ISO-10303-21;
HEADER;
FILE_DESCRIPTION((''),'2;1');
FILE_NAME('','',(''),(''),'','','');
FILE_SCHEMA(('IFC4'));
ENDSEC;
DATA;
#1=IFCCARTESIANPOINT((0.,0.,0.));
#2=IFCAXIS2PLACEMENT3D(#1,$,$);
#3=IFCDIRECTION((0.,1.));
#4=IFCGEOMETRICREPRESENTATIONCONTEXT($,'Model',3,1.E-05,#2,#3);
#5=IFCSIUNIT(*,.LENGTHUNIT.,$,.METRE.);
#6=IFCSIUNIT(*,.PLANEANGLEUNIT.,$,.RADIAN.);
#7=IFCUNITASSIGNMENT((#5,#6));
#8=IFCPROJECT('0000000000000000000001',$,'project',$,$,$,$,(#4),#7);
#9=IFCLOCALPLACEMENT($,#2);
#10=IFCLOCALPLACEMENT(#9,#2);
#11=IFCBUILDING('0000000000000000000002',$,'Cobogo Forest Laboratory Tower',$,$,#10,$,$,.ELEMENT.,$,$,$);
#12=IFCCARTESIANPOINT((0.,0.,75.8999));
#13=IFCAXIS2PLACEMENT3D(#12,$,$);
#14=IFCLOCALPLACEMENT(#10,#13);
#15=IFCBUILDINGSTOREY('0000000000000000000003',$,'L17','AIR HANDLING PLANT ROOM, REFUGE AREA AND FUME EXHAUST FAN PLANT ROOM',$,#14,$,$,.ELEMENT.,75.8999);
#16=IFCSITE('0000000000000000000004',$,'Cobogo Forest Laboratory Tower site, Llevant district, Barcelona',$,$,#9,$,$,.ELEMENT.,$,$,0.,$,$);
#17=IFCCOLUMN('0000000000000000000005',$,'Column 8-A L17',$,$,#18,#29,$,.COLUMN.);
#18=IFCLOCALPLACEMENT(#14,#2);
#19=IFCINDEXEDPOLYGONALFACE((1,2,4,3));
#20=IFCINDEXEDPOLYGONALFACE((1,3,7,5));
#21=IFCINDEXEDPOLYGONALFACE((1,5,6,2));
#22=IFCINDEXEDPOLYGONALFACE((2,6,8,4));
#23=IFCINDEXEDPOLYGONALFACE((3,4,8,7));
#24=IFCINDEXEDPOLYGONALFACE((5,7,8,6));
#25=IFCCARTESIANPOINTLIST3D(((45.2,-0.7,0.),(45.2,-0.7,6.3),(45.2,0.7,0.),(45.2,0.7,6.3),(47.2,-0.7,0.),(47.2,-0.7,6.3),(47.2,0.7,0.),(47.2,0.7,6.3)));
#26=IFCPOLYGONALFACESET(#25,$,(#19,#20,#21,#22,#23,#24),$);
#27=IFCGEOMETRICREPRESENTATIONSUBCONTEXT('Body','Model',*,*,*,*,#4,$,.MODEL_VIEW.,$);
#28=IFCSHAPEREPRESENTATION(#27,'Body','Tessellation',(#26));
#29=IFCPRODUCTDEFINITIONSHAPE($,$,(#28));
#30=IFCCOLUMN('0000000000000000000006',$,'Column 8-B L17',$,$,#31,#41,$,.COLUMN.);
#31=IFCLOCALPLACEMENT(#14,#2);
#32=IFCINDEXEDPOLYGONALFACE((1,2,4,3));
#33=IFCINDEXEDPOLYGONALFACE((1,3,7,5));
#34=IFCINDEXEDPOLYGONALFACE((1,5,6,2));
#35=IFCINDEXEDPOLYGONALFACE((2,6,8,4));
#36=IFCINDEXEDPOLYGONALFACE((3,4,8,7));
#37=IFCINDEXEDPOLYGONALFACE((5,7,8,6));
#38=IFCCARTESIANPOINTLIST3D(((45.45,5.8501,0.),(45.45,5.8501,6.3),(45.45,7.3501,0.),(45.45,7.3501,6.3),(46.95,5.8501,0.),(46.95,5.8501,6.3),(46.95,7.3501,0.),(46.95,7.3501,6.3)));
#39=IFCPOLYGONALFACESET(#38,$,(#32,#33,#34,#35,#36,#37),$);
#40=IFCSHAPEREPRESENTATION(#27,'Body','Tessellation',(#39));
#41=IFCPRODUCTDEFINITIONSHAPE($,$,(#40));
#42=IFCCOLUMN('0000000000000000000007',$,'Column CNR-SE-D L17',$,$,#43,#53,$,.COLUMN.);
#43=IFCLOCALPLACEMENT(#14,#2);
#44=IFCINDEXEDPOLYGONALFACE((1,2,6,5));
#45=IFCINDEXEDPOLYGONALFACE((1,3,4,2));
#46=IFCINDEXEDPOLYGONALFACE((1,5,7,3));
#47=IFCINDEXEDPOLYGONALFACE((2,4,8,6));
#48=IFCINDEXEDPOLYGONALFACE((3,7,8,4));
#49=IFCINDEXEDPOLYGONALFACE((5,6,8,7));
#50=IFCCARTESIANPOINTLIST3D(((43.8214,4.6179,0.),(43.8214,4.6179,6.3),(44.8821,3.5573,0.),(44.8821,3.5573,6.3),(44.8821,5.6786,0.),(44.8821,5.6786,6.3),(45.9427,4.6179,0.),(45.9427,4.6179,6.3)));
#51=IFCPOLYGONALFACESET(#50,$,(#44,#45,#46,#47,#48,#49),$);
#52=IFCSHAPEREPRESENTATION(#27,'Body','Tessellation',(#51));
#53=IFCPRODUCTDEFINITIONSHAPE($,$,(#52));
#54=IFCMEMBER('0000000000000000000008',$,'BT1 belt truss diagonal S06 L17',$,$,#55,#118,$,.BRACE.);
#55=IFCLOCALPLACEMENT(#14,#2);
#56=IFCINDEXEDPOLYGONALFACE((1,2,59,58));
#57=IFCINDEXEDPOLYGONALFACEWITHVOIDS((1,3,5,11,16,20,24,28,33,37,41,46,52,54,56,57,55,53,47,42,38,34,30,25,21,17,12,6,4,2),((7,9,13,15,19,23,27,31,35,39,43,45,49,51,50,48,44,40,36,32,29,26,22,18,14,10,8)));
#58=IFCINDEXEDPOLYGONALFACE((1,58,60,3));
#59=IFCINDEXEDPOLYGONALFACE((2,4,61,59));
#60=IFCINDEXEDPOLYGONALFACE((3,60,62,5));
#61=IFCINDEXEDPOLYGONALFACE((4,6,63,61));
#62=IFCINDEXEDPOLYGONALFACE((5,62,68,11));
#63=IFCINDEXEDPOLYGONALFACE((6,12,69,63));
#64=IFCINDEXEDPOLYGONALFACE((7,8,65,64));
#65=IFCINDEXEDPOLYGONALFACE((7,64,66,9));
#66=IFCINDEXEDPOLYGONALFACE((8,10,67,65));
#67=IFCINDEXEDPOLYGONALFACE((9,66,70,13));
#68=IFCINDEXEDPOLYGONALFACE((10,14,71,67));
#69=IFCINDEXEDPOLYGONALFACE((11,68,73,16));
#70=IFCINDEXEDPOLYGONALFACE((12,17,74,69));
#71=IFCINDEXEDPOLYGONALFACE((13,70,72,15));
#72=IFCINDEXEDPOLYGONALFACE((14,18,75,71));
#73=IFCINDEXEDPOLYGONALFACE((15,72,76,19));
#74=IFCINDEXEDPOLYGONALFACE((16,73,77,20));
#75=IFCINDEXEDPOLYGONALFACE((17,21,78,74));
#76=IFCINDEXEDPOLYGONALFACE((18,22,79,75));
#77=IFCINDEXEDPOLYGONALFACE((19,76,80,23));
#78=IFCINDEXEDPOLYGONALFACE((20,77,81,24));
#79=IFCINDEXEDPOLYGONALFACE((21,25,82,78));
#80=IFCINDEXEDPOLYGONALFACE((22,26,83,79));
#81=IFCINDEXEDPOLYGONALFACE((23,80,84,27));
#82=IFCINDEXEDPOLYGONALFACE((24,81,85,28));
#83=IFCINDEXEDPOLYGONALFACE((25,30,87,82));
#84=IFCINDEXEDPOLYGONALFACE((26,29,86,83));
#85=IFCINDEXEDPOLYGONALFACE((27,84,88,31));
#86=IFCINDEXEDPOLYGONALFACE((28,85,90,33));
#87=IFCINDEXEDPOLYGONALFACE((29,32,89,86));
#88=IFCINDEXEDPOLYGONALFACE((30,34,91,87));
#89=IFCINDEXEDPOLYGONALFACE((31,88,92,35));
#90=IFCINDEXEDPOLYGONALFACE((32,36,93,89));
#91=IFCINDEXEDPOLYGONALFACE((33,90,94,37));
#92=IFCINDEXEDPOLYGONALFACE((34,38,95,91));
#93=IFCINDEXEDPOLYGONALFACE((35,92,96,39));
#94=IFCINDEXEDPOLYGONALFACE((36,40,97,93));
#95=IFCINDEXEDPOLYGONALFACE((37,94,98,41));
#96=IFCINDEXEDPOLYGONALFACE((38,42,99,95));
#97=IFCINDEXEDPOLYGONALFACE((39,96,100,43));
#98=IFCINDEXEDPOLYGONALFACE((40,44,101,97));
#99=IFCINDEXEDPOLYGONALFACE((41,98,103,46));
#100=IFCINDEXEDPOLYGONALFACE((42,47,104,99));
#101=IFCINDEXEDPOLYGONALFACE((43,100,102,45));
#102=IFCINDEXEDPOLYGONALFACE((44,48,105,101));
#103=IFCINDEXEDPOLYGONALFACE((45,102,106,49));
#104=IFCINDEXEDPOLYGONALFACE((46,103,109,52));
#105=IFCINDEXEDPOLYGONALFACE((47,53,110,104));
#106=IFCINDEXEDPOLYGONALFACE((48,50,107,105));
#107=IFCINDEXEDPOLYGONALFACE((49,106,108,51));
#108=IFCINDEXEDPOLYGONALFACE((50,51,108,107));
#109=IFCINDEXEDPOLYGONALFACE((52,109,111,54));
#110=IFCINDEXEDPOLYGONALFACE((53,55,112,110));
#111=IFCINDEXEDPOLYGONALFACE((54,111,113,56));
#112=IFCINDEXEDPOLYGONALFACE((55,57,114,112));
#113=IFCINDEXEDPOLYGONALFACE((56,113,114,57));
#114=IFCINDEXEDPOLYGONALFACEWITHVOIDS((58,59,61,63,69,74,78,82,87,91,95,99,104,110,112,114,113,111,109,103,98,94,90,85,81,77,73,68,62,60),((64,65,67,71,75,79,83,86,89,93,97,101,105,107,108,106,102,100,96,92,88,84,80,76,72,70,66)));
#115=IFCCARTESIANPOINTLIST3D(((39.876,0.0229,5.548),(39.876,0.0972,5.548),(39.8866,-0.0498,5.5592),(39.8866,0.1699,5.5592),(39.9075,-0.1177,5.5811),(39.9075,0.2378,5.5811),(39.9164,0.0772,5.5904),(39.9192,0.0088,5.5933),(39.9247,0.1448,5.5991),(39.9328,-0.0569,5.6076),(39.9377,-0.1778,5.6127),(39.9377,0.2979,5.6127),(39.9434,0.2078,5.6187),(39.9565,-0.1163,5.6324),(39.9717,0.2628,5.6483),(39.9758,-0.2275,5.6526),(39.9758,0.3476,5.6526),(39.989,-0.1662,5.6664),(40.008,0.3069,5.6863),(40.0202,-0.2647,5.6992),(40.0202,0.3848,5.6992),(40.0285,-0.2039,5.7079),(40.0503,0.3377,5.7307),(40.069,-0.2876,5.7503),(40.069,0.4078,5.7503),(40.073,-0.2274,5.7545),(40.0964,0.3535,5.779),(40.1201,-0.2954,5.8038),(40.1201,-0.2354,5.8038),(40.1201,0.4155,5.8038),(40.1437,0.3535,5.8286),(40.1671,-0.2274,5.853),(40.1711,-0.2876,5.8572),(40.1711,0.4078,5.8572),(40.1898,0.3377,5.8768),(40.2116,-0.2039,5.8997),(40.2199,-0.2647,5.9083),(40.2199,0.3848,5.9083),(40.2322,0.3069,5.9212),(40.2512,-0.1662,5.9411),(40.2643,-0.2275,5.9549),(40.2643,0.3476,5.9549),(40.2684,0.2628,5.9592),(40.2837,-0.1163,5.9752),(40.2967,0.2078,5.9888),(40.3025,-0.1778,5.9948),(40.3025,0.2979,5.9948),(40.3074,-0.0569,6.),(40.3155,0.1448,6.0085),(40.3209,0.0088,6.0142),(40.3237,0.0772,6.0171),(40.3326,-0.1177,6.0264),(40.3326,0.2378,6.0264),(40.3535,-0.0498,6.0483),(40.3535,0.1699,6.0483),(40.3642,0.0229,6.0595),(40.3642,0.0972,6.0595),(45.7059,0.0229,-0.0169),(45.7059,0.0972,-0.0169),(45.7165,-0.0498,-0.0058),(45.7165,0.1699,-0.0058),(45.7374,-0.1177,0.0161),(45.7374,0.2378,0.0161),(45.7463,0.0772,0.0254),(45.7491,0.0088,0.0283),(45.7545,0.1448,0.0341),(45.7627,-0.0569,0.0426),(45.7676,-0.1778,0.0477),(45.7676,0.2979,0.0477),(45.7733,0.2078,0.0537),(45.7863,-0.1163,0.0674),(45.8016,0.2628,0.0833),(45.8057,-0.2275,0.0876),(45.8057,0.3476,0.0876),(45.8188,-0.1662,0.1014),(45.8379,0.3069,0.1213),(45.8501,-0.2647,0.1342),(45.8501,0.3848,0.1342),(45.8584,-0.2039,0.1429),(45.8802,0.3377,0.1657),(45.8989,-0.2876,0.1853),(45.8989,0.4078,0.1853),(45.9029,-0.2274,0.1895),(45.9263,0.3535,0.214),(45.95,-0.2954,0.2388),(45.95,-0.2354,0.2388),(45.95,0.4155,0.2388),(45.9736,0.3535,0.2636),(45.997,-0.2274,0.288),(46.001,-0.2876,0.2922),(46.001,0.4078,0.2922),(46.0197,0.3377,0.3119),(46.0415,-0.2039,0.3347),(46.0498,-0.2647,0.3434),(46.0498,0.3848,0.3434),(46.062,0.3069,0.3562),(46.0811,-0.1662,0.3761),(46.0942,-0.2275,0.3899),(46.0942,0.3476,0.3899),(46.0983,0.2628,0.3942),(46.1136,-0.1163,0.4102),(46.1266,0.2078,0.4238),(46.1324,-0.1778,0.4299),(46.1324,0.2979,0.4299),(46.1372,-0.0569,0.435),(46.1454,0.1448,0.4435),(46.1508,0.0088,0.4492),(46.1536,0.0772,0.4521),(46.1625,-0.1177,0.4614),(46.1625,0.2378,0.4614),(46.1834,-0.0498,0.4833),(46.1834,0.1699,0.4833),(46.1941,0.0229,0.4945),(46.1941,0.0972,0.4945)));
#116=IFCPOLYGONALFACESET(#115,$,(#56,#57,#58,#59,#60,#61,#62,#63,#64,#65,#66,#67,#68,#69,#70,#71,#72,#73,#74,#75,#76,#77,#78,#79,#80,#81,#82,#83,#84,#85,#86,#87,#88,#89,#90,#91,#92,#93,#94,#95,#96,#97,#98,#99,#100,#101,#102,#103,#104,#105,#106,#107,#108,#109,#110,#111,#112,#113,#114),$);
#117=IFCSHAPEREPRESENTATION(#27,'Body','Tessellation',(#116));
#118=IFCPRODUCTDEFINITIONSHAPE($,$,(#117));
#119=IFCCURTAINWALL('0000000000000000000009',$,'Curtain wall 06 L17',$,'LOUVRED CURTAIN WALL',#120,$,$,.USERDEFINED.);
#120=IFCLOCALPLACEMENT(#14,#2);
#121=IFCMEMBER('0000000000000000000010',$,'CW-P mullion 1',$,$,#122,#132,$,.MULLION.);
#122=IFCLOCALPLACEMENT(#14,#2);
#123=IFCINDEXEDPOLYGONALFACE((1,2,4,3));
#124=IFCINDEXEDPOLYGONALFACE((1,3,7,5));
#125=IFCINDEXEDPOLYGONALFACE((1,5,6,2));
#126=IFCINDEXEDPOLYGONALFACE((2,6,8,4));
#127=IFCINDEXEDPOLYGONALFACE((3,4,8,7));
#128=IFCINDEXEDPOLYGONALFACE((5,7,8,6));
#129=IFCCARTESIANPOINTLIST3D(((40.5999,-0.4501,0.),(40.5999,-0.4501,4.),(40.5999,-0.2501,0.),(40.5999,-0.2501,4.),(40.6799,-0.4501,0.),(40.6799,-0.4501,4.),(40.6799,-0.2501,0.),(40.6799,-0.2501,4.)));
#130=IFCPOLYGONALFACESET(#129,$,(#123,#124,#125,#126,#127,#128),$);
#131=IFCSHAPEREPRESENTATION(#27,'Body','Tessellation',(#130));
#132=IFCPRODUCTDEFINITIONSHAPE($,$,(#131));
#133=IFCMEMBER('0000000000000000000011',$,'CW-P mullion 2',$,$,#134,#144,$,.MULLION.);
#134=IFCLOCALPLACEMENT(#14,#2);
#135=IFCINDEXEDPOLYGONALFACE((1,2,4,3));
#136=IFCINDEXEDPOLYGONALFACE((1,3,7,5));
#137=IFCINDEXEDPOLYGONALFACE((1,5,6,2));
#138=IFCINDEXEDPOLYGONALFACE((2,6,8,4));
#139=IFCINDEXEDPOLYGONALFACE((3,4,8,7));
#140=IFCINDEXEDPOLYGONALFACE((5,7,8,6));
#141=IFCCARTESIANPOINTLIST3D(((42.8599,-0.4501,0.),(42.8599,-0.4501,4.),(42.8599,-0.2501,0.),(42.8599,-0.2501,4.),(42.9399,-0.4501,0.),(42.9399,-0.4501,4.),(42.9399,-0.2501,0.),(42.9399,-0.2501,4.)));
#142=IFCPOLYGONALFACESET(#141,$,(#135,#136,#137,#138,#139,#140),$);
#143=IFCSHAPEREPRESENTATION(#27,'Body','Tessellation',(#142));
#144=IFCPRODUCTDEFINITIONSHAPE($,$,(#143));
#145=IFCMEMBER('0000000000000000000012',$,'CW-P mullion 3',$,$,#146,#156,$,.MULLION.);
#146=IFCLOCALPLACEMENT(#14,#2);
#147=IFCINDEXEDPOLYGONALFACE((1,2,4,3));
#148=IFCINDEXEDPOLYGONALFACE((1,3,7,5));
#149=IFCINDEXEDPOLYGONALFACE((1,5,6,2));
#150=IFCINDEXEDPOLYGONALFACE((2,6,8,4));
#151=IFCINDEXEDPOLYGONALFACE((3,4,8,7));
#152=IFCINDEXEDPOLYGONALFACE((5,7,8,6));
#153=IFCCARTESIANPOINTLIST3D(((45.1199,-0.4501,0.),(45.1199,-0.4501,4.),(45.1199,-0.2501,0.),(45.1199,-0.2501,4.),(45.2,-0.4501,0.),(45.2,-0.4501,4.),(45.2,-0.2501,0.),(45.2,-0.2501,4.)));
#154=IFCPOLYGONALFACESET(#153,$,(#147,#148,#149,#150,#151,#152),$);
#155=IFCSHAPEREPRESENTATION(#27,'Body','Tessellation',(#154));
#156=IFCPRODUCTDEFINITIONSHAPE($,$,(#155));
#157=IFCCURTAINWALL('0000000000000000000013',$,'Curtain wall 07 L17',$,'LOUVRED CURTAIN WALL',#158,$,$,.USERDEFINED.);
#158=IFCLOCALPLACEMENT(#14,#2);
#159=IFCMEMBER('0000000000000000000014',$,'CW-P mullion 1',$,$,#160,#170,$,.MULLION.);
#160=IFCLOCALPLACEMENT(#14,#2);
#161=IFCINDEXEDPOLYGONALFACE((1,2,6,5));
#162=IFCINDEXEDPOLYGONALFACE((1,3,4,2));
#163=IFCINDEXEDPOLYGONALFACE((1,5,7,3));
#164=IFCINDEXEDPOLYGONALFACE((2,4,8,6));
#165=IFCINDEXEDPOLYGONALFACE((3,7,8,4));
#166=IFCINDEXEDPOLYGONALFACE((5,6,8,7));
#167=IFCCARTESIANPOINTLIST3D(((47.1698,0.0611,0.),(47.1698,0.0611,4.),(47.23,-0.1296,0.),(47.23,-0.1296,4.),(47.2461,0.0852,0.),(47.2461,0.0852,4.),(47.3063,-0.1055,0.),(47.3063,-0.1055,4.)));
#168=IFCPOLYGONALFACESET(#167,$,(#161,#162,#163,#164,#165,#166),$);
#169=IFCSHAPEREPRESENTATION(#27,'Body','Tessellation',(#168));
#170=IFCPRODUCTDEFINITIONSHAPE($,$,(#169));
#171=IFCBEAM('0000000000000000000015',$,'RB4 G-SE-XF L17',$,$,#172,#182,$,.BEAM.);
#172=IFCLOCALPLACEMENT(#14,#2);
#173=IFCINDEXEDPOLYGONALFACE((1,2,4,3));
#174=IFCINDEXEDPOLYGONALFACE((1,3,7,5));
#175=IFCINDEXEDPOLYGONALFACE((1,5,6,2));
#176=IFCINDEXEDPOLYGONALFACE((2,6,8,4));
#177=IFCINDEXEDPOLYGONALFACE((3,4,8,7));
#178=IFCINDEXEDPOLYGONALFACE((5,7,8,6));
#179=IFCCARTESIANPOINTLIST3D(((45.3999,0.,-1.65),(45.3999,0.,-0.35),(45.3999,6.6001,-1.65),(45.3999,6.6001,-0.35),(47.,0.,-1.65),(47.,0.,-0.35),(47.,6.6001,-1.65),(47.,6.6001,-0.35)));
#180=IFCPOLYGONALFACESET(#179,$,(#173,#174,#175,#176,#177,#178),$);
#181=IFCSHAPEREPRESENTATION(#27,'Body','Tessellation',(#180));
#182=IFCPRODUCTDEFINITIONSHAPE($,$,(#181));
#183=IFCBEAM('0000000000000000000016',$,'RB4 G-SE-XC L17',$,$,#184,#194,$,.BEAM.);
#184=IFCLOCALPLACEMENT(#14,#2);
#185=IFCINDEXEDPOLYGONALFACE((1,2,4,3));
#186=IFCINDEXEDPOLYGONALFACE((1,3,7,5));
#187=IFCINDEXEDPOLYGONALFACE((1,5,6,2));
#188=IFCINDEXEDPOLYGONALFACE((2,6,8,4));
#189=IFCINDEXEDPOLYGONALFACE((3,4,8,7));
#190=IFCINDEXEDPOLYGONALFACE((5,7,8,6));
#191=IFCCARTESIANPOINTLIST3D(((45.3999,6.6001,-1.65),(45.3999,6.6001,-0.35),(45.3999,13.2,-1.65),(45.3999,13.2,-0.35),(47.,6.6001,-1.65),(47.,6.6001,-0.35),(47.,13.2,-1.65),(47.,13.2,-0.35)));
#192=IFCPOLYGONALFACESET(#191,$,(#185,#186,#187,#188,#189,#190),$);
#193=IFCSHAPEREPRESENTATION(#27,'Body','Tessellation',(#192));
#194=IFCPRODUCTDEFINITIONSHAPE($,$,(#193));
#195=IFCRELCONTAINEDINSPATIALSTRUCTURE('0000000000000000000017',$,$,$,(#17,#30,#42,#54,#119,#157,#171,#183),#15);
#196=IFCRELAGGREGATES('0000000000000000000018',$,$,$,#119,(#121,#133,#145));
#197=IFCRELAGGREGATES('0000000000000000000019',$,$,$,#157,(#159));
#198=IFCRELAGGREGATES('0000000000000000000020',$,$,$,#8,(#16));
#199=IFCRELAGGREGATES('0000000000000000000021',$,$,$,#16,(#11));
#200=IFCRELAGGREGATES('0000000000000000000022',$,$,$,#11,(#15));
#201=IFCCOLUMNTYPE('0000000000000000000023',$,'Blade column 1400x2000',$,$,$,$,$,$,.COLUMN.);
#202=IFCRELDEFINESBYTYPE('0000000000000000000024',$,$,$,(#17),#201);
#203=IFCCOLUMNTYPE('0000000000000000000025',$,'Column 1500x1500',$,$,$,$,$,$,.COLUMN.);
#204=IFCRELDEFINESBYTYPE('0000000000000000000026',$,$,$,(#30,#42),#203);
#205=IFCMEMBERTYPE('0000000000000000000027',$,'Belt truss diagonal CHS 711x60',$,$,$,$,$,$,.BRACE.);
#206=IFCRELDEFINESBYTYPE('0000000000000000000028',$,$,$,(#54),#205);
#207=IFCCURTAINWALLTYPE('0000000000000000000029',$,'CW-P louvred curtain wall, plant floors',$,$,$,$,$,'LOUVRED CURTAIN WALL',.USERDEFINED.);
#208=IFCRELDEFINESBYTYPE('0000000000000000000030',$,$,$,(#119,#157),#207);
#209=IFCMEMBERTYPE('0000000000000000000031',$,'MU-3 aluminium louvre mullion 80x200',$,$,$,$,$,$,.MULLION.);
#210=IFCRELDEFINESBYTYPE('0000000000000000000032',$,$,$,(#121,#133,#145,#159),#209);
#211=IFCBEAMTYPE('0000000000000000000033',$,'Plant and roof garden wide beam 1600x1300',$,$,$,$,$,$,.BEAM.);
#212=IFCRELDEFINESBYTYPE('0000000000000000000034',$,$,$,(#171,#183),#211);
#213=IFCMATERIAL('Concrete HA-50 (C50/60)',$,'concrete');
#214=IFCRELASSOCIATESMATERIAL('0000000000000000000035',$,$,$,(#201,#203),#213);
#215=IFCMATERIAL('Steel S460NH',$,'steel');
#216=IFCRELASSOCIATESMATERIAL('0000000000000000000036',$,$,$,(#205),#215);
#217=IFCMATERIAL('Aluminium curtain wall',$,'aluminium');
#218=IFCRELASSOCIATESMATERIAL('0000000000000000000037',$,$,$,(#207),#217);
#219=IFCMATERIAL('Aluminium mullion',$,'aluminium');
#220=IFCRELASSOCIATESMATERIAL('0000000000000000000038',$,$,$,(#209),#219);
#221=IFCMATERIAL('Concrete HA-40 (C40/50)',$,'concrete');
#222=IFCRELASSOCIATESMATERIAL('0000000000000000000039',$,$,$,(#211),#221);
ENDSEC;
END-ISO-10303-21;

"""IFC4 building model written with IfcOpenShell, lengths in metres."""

from ifc_helpers import new_model, si_unit, direction, frame, origin, origin_2d, place, context, subcontext, project, spatial, rectangle, hollow_circle, extrude, material, material_profile, profile_set, type_object, element, aggregate, save


model = new_model("IFC4")

# Units and contexts
model_context = context("Model", 3, precision=1e-05, world=origin(), true_north=direction((0.0, 1.0)))
body_context = subcontext(model_context, "Body", "Model", "MODEL_VIEW")
ifc_project = project(units=[si_unit("LENGTHUNIT", "METRE"), si_unit("PLANEANGLEUNIT", "RADIAN")], contexts=[model_context])

# Site, building, storey
site_placement = place(None, origin())
site = spatial("IfcSite", under=ifc_project, at=site_placement, Name="Cobogo Forest Laboratory Tower site, Llevant district, Barcelona", CompositionType="ELEMENT", RefElevation=0.0)
building_placement = place(site_placement, origin())
building = spatial("IfcBuilding", under=site, at=building_placement, Name="Cobogo Forest Laboratory Tower", CompositionType="ELEMENT")
storey_placement = place(building_placement, frame((0.0, 0.0, 75.8999)))
storey = spatial("IfcBuildingStorey", under=building, at=storey_placement, Name="L17", Description="AIR HANDLING PLANT ROOM, REFUGE AREA AND FUME EXHAUST FAN PLANT ROOM", CompositionType="ELEMENT", Elevation=75.8999)

# Columns
ifc_material_1 = material(Name="Concrete HA-50 (C50/60)", Category="concrete")
ifc_material_profile_1 = material_profile(ifc_material_1, rectangle(XDim=2.0, YDim=1.3999, at=origin_2d()), Name="RC 1400x2000")
ifc_profile_set_1 = profile_set([ifc_material_profile_1], Name="Concrete HA-50 (C50/60)")
column_type_1 = type_object("IfcColumnType", Name="Blade column 1400x2000", PredefinedType="COLUMN", material=ifc_profile_set_1)
column_placement = place(storey_placement, frame((46.2, 0.0, 0.0), z_axis=(0.0, 0.0, 1.0), x_axis=(1.0, 0.0, 0.0)))
element("IfcColumn", 1, at=column_placement, inside=storey, type_object=column_type_1, Name="Column 8-A L17", PredefinedType="COLUMN", context=body_context, shape_type="SweptSolid", body=[
    extrude(rectangle(XDim=2.0, YDim=1.3999, at=origin_2d()), origin(), (0.0, 0.0, 1.0), 6.3),
])
ifc_material_profile_2 = material_profile(ifc_material_1, rectangle(XDim=1.5, YDim=1.5, at=origin_2d()), Name="RC 1500x1500")
ifc_profile_set_2 = profile_set([ifc_material_profile_2], Name="Concrete HA-50 (C50/60)")
column_type_2 = type_object("IfcColumnType", Name="Column 1500x1500", PredefinedType="COLUMN", material=ifc_profile_set_2)
for number, where, z_axis, x_axis, name in (
    (2, (46.2, 6.6001, 0.0), (0.0, 0.0, 1.0), (1.0, 0.0, 0.0), "Column 8-B L17"),
    (3, (44.8821, 4.6179, 0.0), (0.0, 0.0, 1.0), (0.707107, 0.707107, 0.0), "Column CNR-SE-D L17"),
):
    element("IfcColumn", number, at=place(storey_placement, frame(where, z_axis=z_axis, x_axis=x_axis)), inside=storey, type_object=column_type_2, Name=name, PredefinedType="COLUMN", context=body_context, shape_type="SweptSolid", body=[
        extrude(rectangle(XDim=1.5, YDim=1.5, at=origin_2d()), origin(), (0.0, 0.0, 1.0), 6.3),
    ])

# Member
ifc_material_2 = material(Name="Steel S460NH", Category="steel")
ifc_material_profile_3 = material_profile(ifc_material_2, hollow_circle(Radius=0.3555, WallThickness=0.0601, at=origin_2d()), Name="CHS 711x60")
ifc_profile_set_3 = profile_set([ifc_material_profile_3], Name="Steel S460NH")
member_type_1 = type_object("IfcMemberType", Name="Belt truss diagonal CHS 711x60", PredefinedType="BRACE", material=ifc_profile_set_3)
member_1_placement = place(storey_placement, frame((45.95, 0.0601, 0.2388), z_axis=(-0.723349, 0.0, 0.690482), x_axis=(0.0, -1.0, 0.0)))
element("IfcMember", 4, at=member_1_placement, inside=storey, type_object=member_type_1, Name="BT1 belt truss diagonal S06 L17", PredefinedType="BRACE", context=body_context, shape_type="SweptSolid", body=[
    extrude(hollow_circle(Radius=0.3555, WallThickness=0.0601, at=origin_2d()), origin(), (0.0, 0.0, 1.0), 8.0596),
])

# Curtain wall, members
ifc_material_3 = material(Name="Aluminium curtain wall", Category="aluminium")
curtain_wall_type = type_object("IfcCurtainWallType", Name="CW-P louvred curtain wall, plant floors", ElementType="LOUVRED CURTAIN WALL", PredefinedType="USERDEFINED", material=ifc_material_3)
curtain_wall_1_placement = place(storey_placement, origin())
curtain_wall_1 = element("IfcCurtainWall", 5, at=curtain_wall_1_placement, inside=storey, type_object=curtain_wall_type, Name="Curtain wall 06 L17", ObjectType="LOUVRED CURTAIN WALL", PredefinedType="USERDEFINED")
ifc_material_4 = material(Name="Aluminium mullion", Category="aluminium")
ifc_material_profile_4 = material_profile(ifc_material_4, rectangle(XDim=0.0801, YDim=0.2, at=origin_2d()), Name="AL 80x200")
ifc_profile_set_4 = profile_set([ifc_material_profile_4], Name="Aluminium mullion")
member_type_2 = type_object("IfcMemberType", Name="MU-3 aluminium louvre mullion 80x200", PredefinedType="MULLION", material=ifc_profile_set_4)
member_2_placement = place(storey_placement, frame((40.6399, -0.3501, 0.0), z_axis=(0.0, 0.0, 1.0), x_axis=(1.0, 0.0, 0.0)))
member_2 = element("IfcMember", 6, at=member_2_placement, type_object=member_type_2, Name="CW-P mullion 1", PredefinedType="MULLION", context=body_context, shape_type="SweptSolid", body=[
    extrude(rectangle(XDim=0.0801, YDim=0.2, at=origin_2d()), origin(), (0.0, 0.0, 1.0), 4.0),
])
member_3_placement = place(storey_placement, frame((42.8999, -0.3501, 0.0), z_axis=(0.0, 0.0, 1.0), x_axis=(1.0, 0.0, 0.0)))
member_3 = element("IfcMember", 7, at=member_3_placement, type_object=member_type_2, Name="CW-P mullion 2", PredefinedType="MULLION", context=body_context, shape_type="SweptSolid", body=[
    extrude(rectangle(XDim=0.0801, YDim=0.2, at=origin_2d()), origin(), (0.0, 0.0, 1.0), 4.0),
])
member_4_placement = place(storey_placement, frame((45.1599, -0.3501, 0.0), z_axis=(0.0, 0.0, 1.0), x_axis=(1.0, 0.0, 0.0)))
member_4 = element("IfcMember", 8, at=member_4_placement, type_object=member_type_2, Name="CW-P mullion 3", PredefinedType="MULLION", context=body_context, shape_type="SweptSolid", body=[
    extrude(rectangle(XDim=0.0801, YDim=0.2, at=origin_2d()), origin(), (0.0, 0.0, 1.0), 4.0),
])

# Curtain wall, member
curtain_wall_2_placement = place(storey_placement, origin())
curtain_wall_2 = element("IfcCurtainWall", 9, at=curtain_wall_2_placement, inside=storey, type_object=curtain_wall_type, Name="Curtain wall 07 L17", ObjectType="LOUVRED CURTAIN WALL", PredefinedType="USERDEFINED")
member_5_placement = place(storey_placement, frame((47.238, -0.0222, 0.0), z_axis=(0.0, 0.0, 1.0), x_axis=(0.953581, 0.301136, 0.0)))
member_5 = element("IfcMember", 10, at=member_5_placement, type_object=member_type_2, Name="CW-P mullion 1", PredefinedType="MULLION", context=body_context, shape_type="SweptSolid", body=[
    extrude(rectangle(XDim=0.0801, YDim=0.2, at=origin_2d()), origin(), (0.0, 0.0, 1.0), 4.0),
])

# Beams
ifc_material_5 = material(Name="Concrete HA-40 (C40/50)", Category="concrete")
ifc_material_profile_5 = material_profile(ifc_material_5, rectangle(XDim=1.6001, YDim=1.3, at=origin_2d()), Name="RC 1600x1300")
ifc_profile_set_5 = profile_set([ifc_material_profile_5], Name="Concrete HA-40 (C40/50)")
beam_type_1 = type_object("IfcBeamType", Name="Plant and roof garden wide beam 1600x1300", PredefinedType="BEAM", material=ifc_profile_set_5)
beam_1_placement = place(storey_placement, frame((46.2, 0.0, -1.0), z_axis=(0.0, 1.0, 0.0), x_axis=(-1.0, 0.0, 0.0)))
element("IfcBeam", 11, at=beam_1_placement, inside=storey, type_object=beam_type_1, Name="RB4 G-SE-XF L17", PredefinedType="BEAM", context=body_context, shape_type="SweptSolid", body=[
    extrude(rectangle(XDim=1.6001, YDim=1.3, at=origin_2d()), origin(), (0.0, 0.0, 1.0), 6.6001),
])
for number, where, z_axis, x_axis, name in (
    (12, (46.2, 6.6001, -1.0), (0.0, 1.0, 0.0), (-1.0, 0.0, 0.0), "RB4 G-SE-XC L17"),
):
    element("IfcBeam", number, at=place(storey_placement, frame(where, z_axis=z_axis, x_axis=x_axis)), inside=storey, type_object=beam_type_1, Name=name, PredefinedType="BEAM", context=body_context, shape_type="SweptSolid", body=[
        extrude(rectangle(XDim=1.6001, YDim=1.3, at=origin_2d()), origin(), (0.0, 0.0, 1.0), 6.5999),
    ])

aggregate(curtain_wall_1, [member_2, member_3, member_4])
aggregate(curtain_wall_2, [member_5])

save(model, "model.ifc")
